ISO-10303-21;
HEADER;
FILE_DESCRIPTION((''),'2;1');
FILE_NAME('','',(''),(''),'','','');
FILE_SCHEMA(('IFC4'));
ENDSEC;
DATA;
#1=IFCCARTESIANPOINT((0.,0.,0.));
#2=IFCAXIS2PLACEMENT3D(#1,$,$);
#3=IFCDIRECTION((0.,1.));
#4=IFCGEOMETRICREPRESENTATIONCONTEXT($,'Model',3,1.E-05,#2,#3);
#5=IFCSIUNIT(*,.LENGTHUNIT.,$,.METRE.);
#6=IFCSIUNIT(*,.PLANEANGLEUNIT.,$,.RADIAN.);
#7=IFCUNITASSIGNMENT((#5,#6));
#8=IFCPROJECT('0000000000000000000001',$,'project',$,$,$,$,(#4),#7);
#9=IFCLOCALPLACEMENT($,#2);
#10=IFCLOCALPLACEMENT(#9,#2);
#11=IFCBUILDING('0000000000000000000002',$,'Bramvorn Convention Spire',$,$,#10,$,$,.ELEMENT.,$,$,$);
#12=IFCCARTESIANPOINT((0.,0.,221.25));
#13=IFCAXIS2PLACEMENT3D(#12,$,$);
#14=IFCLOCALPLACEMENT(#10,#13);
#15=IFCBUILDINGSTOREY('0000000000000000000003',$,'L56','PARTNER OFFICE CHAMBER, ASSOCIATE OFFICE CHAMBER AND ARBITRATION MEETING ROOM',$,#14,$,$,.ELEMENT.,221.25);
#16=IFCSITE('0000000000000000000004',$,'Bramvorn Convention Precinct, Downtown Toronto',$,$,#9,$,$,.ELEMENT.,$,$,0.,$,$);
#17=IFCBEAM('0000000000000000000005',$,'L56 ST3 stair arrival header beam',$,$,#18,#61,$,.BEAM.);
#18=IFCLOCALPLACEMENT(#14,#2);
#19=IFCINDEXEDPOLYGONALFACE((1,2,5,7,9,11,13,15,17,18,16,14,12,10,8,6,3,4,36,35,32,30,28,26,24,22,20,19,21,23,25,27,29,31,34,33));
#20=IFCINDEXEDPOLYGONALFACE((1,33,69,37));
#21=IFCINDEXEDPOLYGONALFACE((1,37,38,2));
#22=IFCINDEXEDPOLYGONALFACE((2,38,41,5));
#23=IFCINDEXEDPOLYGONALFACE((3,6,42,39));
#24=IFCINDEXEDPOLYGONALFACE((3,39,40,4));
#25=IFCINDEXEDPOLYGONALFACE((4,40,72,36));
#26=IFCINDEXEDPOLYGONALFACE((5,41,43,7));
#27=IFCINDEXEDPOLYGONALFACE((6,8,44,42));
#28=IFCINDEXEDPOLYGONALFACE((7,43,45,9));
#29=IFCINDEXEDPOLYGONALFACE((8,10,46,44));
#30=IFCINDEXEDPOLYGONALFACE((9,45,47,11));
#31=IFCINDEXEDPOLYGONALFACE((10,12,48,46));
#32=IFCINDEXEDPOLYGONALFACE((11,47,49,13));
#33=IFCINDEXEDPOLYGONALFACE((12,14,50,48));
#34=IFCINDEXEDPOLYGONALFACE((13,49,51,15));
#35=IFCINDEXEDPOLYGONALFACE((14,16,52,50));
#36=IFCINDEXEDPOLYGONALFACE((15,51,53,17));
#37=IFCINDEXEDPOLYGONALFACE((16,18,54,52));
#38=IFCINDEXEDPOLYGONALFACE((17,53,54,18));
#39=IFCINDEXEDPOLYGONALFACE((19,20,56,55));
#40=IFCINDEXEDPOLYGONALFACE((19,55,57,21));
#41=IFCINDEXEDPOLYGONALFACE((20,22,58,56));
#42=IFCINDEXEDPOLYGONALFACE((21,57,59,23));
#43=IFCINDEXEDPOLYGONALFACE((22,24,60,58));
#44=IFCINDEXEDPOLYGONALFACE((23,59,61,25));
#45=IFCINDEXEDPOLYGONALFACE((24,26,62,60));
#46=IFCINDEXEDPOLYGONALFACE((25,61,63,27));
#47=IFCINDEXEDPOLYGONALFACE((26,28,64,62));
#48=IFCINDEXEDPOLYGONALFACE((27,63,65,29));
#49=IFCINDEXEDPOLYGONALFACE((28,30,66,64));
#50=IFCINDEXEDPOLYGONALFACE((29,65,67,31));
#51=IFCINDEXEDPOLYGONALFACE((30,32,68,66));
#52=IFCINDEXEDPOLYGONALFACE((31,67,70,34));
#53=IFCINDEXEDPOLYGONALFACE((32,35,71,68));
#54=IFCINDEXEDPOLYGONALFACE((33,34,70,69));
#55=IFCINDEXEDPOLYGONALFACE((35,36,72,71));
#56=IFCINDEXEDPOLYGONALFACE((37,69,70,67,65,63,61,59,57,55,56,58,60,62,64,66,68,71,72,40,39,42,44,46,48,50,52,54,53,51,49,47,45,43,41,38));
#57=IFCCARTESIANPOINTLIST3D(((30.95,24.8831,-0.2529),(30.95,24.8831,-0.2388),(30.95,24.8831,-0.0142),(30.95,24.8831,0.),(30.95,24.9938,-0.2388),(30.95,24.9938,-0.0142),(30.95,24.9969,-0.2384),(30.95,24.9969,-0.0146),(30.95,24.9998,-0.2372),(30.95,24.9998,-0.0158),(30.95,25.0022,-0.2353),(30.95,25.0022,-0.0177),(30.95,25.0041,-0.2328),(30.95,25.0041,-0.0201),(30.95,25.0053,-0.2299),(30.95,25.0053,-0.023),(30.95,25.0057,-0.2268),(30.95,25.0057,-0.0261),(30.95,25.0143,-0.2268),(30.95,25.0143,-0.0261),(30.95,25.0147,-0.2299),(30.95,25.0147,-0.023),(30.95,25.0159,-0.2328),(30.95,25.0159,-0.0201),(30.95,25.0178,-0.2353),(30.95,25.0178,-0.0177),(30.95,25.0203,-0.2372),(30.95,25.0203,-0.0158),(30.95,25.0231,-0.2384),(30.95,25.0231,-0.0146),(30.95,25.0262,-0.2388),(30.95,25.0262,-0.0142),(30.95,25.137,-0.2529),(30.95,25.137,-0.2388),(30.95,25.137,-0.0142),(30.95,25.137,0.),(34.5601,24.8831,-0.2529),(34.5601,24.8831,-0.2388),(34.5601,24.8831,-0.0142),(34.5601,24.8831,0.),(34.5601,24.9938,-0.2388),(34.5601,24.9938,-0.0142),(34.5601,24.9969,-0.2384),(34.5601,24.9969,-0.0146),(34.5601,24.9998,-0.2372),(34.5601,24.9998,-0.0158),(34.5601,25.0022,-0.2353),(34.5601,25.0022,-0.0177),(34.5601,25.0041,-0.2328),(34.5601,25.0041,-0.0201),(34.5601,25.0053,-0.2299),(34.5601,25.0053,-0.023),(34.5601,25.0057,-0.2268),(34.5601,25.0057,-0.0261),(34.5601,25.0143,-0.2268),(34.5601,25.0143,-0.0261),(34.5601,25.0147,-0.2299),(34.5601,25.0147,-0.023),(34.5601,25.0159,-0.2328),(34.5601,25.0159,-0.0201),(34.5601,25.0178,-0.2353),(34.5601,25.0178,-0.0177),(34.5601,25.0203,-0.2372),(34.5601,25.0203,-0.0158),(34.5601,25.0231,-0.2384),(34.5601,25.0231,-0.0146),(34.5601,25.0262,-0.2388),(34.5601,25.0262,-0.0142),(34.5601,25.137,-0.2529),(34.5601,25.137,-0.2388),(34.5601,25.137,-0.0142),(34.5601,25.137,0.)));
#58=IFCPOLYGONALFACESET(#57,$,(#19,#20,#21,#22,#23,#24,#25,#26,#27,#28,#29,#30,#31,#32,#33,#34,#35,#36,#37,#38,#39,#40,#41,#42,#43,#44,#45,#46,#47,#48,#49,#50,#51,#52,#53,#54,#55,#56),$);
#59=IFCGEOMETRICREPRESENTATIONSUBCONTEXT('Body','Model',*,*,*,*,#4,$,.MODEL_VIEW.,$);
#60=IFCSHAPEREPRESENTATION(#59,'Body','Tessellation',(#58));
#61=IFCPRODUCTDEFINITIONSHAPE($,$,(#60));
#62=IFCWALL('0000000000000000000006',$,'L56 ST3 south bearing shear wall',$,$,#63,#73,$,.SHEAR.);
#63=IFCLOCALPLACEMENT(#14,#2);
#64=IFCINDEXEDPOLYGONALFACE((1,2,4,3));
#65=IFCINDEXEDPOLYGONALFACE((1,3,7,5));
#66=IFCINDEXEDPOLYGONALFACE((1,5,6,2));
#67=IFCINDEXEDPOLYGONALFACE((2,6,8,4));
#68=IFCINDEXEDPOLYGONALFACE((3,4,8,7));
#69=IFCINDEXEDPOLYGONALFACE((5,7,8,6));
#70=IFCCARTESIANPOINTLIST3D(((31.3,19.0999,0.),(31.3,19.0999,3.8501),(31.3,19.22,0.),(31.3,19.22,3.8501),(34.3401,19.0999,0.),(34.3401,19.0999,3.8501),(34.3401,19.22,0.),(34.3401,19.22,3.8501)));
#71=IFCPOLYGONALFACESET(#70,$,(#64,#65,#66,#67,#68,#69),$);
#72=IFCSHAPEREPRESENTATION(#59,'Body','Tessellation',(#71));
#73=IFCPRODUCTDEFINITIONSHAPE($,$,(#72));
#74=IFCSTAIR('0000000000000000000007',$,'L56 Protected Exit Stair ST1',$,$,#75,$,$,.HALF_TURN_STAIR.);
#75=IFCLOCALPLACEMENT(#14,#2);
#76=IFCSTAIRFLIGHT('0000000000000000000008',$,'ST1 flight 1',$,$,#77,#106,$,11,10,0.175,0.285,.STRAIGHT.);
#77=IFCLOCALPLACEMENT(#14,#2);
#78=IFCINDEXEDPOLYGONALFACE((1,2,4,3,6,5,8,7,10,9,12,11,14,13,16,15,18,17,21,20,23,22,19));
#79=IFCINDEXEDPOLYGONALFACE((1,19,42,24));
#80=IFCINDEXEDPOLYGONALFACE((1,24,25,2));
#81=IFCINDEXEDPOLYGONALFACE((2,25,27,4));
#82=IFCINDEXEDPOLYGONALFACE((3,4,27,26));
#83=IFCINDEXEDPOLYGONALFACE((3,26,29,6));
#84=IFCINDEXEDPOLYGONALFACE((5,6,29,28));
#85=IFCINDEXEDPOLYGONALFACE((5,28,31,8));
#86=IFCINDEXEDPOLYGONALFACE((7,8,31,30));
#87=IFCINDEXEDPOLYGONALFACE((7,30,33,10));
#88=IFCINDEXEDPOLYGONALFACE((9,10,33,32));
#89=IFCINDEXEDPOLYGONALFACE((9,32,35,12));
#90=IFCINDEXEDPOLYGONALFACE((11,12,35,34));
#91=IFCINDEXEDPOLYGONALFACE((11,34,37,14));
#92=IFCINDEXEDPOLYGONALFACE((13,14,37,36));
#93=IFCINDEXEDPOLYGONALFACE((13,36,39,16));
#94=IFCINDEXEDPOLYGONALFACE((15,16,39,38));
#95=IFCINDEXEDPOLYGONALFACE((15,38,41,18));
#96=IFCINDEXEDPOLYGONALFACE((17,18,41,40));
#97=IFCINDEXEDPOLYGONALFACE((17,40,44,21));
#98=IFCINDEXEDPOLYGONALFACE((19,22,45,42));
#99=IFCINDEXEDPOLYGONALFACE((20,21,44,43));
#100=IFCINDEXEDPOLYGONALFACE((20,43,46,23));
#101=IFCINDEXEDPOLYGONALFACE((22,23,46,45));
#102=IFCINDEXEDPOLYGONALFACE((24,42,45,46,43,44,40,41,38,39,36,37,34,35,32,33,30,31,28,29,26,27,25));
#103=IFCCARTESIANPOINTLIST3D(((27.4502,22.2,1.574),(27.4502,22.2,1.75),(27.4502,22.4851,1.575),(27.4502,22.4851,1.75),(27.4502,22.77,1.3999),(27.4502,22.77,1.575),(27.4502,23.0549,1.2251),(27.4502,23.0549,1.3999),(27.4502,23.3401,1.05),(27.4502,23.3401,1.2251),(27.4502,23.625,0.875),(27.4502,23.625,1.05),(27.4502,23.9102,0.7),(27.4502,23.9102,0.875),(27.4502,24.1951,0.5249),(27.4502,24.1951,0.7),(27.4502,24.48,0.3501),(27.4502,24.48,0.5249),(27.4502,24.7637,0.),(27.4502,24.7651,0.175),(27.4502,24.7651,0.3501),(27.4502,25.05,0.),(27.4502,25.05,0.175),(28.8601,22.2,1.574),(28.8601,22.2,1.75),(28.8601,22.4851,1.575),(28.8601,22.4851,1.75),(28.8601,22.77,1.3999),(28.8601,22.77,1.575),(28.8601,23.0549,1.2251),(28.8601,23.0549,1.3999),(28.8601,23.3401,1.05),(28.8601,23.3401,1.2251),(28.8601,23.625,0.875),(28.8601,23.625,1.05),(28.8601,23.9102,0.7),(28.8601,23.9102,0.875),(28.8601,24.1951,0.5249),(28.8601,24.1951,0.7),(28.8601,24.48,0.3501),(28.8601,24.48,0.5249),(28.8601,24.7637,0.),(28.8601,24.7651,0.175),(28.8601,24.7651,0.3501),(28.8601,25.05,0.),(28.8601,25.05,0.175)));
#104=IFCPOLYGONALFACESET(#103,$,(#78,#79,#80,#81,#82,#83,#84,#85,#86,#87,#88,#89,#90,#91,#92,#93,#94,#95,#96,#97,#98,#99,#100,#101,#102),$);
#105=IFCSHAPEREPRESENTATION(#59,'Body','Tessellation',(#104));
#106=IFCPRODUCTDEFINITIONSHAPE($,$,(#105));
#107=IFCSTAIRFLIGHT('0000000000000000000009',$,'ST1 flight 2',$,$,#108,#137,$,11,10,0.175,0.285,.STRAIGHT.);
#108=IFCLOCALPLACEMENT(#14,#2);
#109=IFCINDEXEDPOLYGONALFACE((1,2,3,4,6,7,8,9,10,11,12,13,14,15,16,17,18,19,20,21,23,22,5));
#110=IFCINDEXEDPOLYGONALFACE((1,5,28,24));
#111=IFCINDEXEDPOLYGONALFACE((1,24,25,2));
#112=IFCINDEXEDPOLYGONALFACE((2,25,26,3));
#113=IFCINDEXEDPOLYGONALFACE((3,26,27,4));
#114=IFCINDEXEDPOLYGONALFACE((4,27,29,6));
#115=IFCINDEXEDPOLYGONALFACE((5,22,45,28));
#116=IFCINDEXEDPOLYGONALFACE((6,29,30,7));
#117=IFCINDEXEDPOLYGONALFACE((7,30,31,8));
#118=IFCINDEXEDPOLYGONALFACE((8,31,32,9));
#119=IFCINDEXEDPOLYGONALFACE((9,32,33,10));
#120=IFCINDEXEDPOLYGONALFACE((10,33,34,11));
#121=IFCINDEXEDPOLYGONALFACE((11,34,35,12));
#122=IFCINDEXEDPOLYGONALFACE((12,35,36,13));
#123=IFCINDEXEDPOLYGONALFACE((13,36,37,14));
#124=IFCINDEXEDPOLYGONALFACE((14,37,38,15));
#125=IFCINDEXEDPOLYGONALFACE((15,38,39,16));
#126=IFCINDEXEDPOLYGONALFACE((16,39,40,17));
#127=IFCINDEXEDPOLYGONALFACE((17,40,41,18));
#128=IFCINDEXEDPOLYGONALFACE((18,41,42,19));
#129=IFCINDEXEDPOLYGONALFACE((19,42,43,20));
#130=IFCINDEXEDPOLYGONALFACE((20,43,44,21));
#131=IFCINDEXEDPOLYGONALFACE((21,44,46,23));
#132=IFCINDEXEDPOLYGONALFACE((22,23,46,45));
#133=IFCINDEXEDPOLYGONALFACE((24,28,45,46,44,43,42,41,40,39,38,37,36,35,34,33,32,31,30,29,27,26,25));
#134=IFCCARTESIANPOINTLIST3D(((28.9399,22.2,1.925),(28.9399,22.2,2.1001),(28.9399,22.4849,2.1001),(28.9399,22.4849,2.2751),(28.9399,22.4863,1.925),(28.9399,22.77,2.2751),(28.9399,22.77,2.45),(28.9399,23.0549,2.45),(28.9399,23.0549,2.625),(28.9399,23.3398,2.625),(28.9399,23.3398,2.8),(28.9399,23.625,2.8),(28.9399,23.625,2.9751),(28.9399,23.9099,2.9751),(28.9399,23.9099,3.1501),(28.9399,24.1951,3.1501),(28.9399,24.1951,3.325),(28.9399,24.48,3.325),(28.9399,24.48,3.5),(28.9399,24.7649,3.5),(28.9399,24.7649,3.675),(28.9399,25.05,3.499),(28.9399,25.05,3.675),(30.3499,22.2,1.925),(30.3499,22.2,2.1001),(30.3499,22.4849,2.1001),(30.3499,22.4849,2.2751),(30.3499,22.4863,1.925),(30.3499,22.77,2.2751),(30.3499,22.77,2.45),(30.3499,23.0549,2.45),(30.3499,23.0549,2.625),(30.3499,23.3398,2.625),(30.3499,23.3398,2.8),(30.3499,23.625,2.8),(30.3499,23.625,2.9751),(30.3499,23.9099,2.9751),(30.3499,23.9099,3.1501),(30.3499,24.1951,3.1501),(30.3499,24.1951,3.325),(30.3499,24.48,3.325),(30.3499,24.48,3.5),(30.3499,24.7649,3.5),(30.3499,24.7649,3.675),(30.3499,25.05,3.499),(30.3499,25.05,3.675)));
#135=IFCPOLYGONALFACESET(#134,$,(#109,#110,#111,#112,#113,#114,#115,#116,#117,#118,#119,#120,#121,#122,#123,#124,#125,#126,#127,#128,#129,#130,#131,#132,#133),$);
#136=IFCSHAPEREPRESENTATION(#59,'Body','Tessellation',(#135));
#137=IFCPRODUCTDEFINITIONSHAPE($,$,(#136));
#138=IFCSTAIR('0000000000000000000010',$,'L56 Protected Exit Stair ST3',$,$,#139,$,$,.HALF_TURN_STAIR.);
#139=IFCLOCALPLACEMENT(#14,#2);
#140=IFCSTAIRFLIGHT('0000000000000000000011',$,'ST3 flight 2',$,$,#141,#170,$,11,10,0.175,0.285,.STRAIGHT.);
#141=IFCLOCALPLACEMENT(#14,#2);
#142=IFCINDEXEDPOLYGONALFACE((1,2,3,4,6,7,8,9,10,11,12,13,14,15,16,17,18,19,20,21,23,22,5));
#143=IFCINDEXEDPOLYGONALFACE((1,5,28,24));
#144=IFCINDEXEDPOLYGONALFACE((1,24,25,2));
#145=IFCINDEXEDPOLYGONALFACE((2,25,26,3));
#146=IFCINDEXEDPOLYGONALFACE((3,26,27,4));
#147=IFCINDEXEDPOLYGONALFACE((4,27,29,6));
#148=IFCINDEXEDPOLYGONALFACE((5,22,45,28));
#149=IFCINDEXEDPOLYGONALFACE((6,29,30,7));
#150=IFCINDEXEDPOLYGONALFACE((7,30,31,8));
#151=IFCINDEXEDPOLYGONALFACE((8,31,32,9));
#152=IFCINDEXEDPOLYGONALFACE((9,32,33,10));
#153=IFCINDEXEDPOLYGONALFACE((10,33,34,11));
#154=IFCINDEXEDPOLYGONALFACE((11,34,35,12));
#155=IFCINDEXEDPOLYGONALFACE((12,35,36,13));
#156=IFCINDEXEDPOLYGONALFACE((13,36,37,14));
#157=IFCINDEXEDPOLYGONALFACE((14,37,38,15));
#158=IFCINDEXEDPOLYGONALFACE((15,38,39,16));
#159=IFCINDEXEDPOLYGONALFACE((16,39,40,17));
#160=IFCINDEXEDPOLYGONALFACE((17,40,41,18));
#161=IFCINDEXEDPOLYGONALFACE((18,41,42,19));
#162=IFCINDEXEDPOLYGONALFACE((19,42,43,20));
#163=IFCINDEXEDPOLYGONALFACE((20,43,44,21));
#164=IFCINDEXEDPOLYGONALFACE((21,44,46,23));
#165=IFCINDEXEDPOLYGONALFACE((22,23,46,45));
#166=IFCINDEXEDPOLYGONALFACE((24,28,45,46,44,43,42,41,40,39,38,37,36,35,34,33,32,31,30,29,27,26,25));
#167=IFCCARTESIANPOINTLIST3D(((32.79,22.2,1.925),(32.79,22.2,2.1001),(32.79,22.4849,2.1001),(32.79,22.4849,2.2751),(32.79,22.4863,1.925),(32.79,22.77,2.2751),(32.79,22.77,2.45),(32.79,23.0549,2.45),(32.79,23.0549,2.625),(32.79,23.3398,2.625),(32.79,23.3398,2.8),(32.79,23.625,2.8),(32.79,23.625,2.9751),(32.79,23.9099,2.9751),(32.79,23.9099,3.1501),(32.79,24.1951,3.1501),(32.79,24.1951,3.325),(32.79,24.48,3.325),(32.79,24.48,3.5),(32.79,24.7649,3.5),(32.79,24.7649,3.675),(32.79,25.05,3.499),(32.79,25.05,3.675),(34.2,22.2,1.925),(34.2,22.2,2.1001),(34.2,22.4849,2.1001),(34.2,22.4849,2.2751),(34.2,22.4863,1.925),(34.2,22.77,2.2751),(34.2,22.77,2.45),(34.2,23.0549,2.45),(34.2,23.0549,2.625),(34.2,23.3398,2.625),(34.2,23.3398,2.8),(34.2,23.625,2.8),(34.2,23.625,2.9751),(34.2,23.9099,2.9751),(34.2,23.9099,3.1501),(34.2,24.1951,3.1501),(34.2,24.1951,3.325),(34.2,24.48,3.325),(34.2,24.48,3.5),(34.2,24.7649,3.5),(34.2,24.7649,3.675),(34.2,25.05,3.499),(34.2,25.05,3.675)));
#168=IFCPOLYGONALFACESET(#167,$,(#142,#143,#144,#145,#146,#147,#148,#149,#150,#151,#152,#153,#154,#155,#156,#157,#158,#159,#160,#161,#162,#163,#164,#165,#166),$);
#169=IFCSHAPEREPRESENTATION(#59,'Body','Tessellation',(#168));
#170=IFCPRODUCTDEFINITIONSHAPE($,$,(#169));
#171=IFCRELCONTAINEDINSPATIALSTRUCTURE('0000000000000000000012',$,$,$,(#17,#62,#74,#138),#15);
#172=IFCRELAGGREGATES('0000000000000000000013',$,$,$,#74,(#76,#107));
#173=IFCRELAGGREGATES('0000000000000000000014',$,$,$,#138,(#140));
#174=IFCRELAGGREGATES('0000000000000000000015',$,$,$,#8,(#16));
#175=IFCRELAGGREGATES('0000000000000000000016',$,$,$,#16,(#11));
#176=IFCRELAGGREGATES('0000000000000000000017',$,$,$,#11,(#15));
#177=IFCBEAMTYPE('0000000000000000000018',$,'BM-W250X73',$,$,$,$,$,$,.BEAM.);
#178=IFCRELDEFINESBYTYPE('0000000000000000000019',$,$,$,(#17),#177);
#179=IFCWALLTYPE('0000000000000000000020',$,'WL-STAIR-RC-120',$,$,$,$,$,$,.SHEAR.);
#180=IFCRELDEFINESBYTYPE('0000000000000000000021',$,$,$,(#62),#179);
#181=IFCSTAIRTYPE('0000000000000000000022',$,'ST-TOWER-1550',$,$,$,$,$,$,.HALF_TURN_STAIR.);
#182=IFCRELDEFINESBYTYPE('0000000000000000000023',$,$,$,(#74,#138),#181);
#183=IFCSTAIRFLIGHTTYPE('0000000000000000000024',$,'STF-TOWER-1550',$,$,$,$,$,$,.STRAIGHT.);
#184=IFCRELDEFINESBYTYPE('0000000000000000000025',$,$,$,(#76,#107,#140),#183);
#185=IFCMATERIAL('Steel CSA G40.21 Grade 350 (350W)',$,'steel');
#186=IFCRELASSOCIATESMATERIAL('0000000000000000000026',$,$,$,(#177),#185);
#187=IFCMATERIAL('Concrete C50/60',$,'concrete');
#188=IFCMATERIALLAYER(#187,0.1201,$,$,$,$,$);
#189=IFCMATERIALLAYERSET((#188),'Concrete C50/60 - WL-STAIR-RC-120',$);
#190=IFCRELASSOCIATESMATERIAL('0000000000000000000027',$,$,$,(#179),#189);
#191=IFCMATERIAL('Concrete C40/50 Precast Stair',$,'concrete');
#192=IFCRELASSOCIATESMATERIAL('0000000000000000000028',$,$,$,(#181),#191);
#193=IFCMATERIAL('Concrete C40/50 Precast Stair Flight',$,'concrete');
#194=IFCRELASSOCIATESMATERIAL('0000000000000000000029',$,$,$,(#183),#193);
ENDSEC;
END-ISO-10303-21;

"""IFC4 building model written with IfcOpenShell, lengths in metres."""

from ifc_helpers import new_model, si_unit, direction, frame, frame_2d, origin, origin_2d, place, context, subcontext, project, spatial, polyline, rectangle, i_section, outline, extrude, material, layer, layer_set, material_profile, profile_set, type_object, element, aggregate, save


model = new_model("IFC4")

# Units and contexts
model_context = context("Model", 3, precision=1e-05, world=origin(), true_north=direction((0.0, 1.0)))
body_context = subcontext(model_context, "Body", "Model", "MODEL_VIEW")
ifc_project = project(units=[si_unit("LENGTHUNIT", "METRE"), si_unit("PLANEANGLEUNIT", "RADIAN")], contexts=[model_context])

# Site, building, storey
site_placement = place(None, origin())
site = spatial("IfcSite", under=ifc_project, at=site_placement, Name="Bramvorn Convention Precinct, Downtown Toronto", CompositionType="ELEMENT", RefElevation=0.0)
building_placement = place(site_placement, origin())
building = spatial("IfcBuilding", under=site, at=building_placement, Name="Bramvorn Convention Spire", CompositionType="ELEMENT")
storey_placement = place(building_placement, frame((0.0, 0.0, 221.25)))
storey = spatial("IfcBuildingStorey", under=building, at=storey_placement, Name="L56", Description="PARTNER OFFICE CHAMBER, ASSOCIATE OFFICE CHAMBER AND ARBITRATION MEETING ROOM", CompositionType="ELEMENT", Elevation=221.25)

# Beam
ifc_material_1 = material(Name="Steel CSA G40.21 Grade 350 (350W)", Category="steel")
ifc_material_profile = material_profile(ifc_material_1, i_section(OverallWidth=0.2539, OverallDepth=0.2529, WebThickness=0.0085, FlangeThickness=0.0142, FilletRadius=0.012, at=origin_2d()))
ifc_profile_set = profile_set([ifc_material_profile], Name="Steel CSA G40.21 Grade 350 (350W) - W250X73")
beam_type = type_object("IfcBeamType", Name="BM-W250X73", PredefinedType="BEAM", material=ifc_profile_set)
beam_placement = place(storey_placement, frame((30.95, 25.01, -0.1265), z_axis=(1.0, 0.0, 0.0), x_axis=(0.0, 1.0, 0.0)))
element("IfcBeam", 1, at=beam_placement, inside=storey, type_object=beam_type, Name="L56 ST3 stair arrival header beam", PredefinedType="BEAM", context=body_context, shape_type="SweptSolid", body=[
    extrude(i_section(OverallWidth=0.2539, OverallDepth=0.2529, WebThickness=0.0085, FlangeThickness=0.0142, FilletRadius=0.012, at=origin_2d()), origin(), (0.0, 0.0, 1.0), 3.6101),
])

# Shared definitions
ifc_material_2 = material(Name="Concrete C50/60", Category="concrete")

# Wall
ifc_layer_1 = layer(ifc_material_2, 0.1201)
ifc_layer_set_1 = layer_set([ifc_layer_1], Name="Concrete C50/60 - WL-STAIR-RC-120")
wall_type_1 = type_object("IfcWallType", Name="WL-STAIR-RC-120", PredefinedType="SHEAR", material=ifc_layer_set_1)
wall_1_placement = place(storey_placement, frame((31.3, 19.1599, 0.0), z_axis=(0.0, 0.0, 1.0), x_axis=(1.0, 0.0, 0.0)))
element("IfcWall", 2, at=wall_1_placement, inside=storey, type_object=wall_type_1, Name="L56 ST3 south bearing shear wall", PredefinedType="SHEAR", context=body_context, shape_type="SweptSolid", body=[
    extrude(rectangle(XDim=3.04, YDim=0.1201, at=frame_2d((1.52, 0.0))), origin(), (0.0, 0.0, 1.0), 3.8501),
])

# Stair, stair flights
ifc_material_3 = material(Name="Concrete C40/50 Precast Stair", Category="concrete")
stair_type = type_object("IfcStairType", Name="ST-TOWER-1550", PredefinedType="HALF_TURN_STAIR", material=ifc_material_3)
stair_1_placement = place(storey_placement, origin())
stair_1 = element("IfcStair", 3, at=stair_1_placement, inside=storey, type_object=stair_type, Name="L56 Protected Exit Stair ST1", PredefinedType="HALF_TURN_STAIR")
ifc_material_4 = material(Name="Concrete C40/50 Precast Stair Flight", Category="concrete")
stair_flight_type = type_object("IfcStairFlightType", Name="STF-TOWER-1550", PredefinedType="STRAIGHT", material=ifc_material_4)
stair_flight_1_placement = place(storey_placement, frame((28.155, 25.05, 0.0), z_axis=(0.0, 0.0, 1.0), x_axis=(0.0, -1.0, 0.0)))
stair_flight_1 = element("IfcStairFlight", 4, at=stair_flight_1_placement, type_object=stair_flight_type, Name="ST1 flight 1", NumberOfRisers=11, NumberOfTreads=10, PredefinedType="STRAIGHT", RiserHeight=0.175, TreadLength=0.285, context=body_context, shape_type="SweptSolid", body=[
    extrude(outline(polyline([(0.0, 0.0), (0.0, 0.175), (0.2849, 0.175), (0.2849, 0.3501), (0.5701, 0.3501), (0.5701, 0.5249), (0.855, 0.5249), (0.855, 0.7), (1.1399, 0.7), (1.1399, 0.875), (1.425, 0.875), (1.425, 1.05), (1.71, 1.05), (1.71, 1.2251), (1.9951, 1.2251), (1.9951, 1.3999), (2.28, 1.3999), (2.28, 1.575), (2.5649, 1.575), (2.5649, 1.75), (2.8501, 1.75), (2.8501, 1.925), (2.8501, 1.574), (0.2864, 0.0), (0.0, 0.0)])), frame((0.0, 0.7051, 0.0), z_axis=(0.0, -1.0, 0.0), x_axis=(1.0, 0.0, 0.0)), (0.0, 0.0, 1.0), 1.4099),
])
stair_flight_2_placement = place(storey_placement, frame((29.645, 22.2, 1.925), z_axis=(0.0, 0.0, 1.0), x_axis=(0.0, 1.0, 0.0)))
stair_flight_2 = element("IfcStairFlight", 5, at=stair_flight_2_placement, type_object=stair_flight_type, Name="ST1 flight 2", NumberOfRisers=11, NumberOfTreads=10, PredefinedType="STRAIGHT", RiserHeight=0.175, TreadLength=0.285, context=body_context, shape_type="SweptSolid", body=[
    extrude(outline(polyline([(0.0, 0.0), (0.0, 0.175), (0.2849, 0.175), (0.2849, 0.3501), (0.5701, 0.3501), (0.5701, 0.5249), (0.855, 0.5249), (0.855, 0.7), (1.1399, 0.7), (1.1399, 0.875), (1.425, 0.875), (1.425, 1.05), (1.71, 1.05), (1.71, 1.2251), (1.9951, 1.2251), (1.9951, 1.3999), (2.28, 1.3999), (2.28, 1.575), (2.5649, 1.575), (2.5649, 1.75), (2.8501, 1.75), (2.8501, 1.925), (2.8501, 1.574), (0.2864, 0.0), (0.0, 0.0)])), frame((0.0, 0.7051, 0.0), z_axis=(0.0, -1.0, 0.0), x_axis=(1.0, 0.0, 0.0)), (0.0, 0.0, 1.0), 1.4099),
])
aggregate(stair_1, [stair_flight_1, stair_flight_2])

# Stair, stair flight
stair_2_placement = place(storey_placement, origin())
stair_2 = element("IfcStair", 6, at=stair_2_placement, inside=storey, type_object=stair_type, Name="L56 Protected Exit Stair ST3", PredefinedType="HALF_TURN_STAIR")
stair_flight_3_placement = place(storey_placement, frame((33.4951, 22.2, 1.925), z_axis=(0.0, 0.0, 1.0), x_axis=(0.0, 1.0, 0.0)))
stair_flight_3 = element("IfcStairFlight", 7, at=stair_flight_3_placement, type_object=stair_flight_type, Name="ST3 flight 2", NumberOfRisers=11, NumberOfTreads=10, PredefinedType="STRAIGHT", RiserHeight=0.175, TreadLength=0.285, context=body_context, shape_type="SweptSolid", body=[
    extrude(outline(polyline([(0.0, 0.0), (0.0, 0.175), (0.2849, 0.175), (0.2849, 0.3501), (0.5701, 0.3501), (0.5701, 0.5249), (0.855, 0.5249), (0.855, 0.7), (1.1399, 0.7), (1.1399, 0.875), (1.425, 0.875), (1.425, 1.05), (1.71, 1.05), (1.71, 1.2251), (1.9951, 1.2251), (1.9951, 1.3999), (2.28, 1.3999), (2.28, 1.575), (2.5649, 1.575), (2.5649, 1.75), (2.8501, 1.75), (2.8501, 1.925), (2.8501, 1.574), (0.2864, 0.0), (0.0, 0.0)])), frame((0.0, 0.7051, 0.0), z_axis=(0.0, -1.0, 0.0), x_axis=(1.0, 0.0, 0.0)), (0.0, 0.0, 1.0), 1.4099),
])
aggregate(stair_2, [stair_flight_3])

save(model, "model.ifc")
